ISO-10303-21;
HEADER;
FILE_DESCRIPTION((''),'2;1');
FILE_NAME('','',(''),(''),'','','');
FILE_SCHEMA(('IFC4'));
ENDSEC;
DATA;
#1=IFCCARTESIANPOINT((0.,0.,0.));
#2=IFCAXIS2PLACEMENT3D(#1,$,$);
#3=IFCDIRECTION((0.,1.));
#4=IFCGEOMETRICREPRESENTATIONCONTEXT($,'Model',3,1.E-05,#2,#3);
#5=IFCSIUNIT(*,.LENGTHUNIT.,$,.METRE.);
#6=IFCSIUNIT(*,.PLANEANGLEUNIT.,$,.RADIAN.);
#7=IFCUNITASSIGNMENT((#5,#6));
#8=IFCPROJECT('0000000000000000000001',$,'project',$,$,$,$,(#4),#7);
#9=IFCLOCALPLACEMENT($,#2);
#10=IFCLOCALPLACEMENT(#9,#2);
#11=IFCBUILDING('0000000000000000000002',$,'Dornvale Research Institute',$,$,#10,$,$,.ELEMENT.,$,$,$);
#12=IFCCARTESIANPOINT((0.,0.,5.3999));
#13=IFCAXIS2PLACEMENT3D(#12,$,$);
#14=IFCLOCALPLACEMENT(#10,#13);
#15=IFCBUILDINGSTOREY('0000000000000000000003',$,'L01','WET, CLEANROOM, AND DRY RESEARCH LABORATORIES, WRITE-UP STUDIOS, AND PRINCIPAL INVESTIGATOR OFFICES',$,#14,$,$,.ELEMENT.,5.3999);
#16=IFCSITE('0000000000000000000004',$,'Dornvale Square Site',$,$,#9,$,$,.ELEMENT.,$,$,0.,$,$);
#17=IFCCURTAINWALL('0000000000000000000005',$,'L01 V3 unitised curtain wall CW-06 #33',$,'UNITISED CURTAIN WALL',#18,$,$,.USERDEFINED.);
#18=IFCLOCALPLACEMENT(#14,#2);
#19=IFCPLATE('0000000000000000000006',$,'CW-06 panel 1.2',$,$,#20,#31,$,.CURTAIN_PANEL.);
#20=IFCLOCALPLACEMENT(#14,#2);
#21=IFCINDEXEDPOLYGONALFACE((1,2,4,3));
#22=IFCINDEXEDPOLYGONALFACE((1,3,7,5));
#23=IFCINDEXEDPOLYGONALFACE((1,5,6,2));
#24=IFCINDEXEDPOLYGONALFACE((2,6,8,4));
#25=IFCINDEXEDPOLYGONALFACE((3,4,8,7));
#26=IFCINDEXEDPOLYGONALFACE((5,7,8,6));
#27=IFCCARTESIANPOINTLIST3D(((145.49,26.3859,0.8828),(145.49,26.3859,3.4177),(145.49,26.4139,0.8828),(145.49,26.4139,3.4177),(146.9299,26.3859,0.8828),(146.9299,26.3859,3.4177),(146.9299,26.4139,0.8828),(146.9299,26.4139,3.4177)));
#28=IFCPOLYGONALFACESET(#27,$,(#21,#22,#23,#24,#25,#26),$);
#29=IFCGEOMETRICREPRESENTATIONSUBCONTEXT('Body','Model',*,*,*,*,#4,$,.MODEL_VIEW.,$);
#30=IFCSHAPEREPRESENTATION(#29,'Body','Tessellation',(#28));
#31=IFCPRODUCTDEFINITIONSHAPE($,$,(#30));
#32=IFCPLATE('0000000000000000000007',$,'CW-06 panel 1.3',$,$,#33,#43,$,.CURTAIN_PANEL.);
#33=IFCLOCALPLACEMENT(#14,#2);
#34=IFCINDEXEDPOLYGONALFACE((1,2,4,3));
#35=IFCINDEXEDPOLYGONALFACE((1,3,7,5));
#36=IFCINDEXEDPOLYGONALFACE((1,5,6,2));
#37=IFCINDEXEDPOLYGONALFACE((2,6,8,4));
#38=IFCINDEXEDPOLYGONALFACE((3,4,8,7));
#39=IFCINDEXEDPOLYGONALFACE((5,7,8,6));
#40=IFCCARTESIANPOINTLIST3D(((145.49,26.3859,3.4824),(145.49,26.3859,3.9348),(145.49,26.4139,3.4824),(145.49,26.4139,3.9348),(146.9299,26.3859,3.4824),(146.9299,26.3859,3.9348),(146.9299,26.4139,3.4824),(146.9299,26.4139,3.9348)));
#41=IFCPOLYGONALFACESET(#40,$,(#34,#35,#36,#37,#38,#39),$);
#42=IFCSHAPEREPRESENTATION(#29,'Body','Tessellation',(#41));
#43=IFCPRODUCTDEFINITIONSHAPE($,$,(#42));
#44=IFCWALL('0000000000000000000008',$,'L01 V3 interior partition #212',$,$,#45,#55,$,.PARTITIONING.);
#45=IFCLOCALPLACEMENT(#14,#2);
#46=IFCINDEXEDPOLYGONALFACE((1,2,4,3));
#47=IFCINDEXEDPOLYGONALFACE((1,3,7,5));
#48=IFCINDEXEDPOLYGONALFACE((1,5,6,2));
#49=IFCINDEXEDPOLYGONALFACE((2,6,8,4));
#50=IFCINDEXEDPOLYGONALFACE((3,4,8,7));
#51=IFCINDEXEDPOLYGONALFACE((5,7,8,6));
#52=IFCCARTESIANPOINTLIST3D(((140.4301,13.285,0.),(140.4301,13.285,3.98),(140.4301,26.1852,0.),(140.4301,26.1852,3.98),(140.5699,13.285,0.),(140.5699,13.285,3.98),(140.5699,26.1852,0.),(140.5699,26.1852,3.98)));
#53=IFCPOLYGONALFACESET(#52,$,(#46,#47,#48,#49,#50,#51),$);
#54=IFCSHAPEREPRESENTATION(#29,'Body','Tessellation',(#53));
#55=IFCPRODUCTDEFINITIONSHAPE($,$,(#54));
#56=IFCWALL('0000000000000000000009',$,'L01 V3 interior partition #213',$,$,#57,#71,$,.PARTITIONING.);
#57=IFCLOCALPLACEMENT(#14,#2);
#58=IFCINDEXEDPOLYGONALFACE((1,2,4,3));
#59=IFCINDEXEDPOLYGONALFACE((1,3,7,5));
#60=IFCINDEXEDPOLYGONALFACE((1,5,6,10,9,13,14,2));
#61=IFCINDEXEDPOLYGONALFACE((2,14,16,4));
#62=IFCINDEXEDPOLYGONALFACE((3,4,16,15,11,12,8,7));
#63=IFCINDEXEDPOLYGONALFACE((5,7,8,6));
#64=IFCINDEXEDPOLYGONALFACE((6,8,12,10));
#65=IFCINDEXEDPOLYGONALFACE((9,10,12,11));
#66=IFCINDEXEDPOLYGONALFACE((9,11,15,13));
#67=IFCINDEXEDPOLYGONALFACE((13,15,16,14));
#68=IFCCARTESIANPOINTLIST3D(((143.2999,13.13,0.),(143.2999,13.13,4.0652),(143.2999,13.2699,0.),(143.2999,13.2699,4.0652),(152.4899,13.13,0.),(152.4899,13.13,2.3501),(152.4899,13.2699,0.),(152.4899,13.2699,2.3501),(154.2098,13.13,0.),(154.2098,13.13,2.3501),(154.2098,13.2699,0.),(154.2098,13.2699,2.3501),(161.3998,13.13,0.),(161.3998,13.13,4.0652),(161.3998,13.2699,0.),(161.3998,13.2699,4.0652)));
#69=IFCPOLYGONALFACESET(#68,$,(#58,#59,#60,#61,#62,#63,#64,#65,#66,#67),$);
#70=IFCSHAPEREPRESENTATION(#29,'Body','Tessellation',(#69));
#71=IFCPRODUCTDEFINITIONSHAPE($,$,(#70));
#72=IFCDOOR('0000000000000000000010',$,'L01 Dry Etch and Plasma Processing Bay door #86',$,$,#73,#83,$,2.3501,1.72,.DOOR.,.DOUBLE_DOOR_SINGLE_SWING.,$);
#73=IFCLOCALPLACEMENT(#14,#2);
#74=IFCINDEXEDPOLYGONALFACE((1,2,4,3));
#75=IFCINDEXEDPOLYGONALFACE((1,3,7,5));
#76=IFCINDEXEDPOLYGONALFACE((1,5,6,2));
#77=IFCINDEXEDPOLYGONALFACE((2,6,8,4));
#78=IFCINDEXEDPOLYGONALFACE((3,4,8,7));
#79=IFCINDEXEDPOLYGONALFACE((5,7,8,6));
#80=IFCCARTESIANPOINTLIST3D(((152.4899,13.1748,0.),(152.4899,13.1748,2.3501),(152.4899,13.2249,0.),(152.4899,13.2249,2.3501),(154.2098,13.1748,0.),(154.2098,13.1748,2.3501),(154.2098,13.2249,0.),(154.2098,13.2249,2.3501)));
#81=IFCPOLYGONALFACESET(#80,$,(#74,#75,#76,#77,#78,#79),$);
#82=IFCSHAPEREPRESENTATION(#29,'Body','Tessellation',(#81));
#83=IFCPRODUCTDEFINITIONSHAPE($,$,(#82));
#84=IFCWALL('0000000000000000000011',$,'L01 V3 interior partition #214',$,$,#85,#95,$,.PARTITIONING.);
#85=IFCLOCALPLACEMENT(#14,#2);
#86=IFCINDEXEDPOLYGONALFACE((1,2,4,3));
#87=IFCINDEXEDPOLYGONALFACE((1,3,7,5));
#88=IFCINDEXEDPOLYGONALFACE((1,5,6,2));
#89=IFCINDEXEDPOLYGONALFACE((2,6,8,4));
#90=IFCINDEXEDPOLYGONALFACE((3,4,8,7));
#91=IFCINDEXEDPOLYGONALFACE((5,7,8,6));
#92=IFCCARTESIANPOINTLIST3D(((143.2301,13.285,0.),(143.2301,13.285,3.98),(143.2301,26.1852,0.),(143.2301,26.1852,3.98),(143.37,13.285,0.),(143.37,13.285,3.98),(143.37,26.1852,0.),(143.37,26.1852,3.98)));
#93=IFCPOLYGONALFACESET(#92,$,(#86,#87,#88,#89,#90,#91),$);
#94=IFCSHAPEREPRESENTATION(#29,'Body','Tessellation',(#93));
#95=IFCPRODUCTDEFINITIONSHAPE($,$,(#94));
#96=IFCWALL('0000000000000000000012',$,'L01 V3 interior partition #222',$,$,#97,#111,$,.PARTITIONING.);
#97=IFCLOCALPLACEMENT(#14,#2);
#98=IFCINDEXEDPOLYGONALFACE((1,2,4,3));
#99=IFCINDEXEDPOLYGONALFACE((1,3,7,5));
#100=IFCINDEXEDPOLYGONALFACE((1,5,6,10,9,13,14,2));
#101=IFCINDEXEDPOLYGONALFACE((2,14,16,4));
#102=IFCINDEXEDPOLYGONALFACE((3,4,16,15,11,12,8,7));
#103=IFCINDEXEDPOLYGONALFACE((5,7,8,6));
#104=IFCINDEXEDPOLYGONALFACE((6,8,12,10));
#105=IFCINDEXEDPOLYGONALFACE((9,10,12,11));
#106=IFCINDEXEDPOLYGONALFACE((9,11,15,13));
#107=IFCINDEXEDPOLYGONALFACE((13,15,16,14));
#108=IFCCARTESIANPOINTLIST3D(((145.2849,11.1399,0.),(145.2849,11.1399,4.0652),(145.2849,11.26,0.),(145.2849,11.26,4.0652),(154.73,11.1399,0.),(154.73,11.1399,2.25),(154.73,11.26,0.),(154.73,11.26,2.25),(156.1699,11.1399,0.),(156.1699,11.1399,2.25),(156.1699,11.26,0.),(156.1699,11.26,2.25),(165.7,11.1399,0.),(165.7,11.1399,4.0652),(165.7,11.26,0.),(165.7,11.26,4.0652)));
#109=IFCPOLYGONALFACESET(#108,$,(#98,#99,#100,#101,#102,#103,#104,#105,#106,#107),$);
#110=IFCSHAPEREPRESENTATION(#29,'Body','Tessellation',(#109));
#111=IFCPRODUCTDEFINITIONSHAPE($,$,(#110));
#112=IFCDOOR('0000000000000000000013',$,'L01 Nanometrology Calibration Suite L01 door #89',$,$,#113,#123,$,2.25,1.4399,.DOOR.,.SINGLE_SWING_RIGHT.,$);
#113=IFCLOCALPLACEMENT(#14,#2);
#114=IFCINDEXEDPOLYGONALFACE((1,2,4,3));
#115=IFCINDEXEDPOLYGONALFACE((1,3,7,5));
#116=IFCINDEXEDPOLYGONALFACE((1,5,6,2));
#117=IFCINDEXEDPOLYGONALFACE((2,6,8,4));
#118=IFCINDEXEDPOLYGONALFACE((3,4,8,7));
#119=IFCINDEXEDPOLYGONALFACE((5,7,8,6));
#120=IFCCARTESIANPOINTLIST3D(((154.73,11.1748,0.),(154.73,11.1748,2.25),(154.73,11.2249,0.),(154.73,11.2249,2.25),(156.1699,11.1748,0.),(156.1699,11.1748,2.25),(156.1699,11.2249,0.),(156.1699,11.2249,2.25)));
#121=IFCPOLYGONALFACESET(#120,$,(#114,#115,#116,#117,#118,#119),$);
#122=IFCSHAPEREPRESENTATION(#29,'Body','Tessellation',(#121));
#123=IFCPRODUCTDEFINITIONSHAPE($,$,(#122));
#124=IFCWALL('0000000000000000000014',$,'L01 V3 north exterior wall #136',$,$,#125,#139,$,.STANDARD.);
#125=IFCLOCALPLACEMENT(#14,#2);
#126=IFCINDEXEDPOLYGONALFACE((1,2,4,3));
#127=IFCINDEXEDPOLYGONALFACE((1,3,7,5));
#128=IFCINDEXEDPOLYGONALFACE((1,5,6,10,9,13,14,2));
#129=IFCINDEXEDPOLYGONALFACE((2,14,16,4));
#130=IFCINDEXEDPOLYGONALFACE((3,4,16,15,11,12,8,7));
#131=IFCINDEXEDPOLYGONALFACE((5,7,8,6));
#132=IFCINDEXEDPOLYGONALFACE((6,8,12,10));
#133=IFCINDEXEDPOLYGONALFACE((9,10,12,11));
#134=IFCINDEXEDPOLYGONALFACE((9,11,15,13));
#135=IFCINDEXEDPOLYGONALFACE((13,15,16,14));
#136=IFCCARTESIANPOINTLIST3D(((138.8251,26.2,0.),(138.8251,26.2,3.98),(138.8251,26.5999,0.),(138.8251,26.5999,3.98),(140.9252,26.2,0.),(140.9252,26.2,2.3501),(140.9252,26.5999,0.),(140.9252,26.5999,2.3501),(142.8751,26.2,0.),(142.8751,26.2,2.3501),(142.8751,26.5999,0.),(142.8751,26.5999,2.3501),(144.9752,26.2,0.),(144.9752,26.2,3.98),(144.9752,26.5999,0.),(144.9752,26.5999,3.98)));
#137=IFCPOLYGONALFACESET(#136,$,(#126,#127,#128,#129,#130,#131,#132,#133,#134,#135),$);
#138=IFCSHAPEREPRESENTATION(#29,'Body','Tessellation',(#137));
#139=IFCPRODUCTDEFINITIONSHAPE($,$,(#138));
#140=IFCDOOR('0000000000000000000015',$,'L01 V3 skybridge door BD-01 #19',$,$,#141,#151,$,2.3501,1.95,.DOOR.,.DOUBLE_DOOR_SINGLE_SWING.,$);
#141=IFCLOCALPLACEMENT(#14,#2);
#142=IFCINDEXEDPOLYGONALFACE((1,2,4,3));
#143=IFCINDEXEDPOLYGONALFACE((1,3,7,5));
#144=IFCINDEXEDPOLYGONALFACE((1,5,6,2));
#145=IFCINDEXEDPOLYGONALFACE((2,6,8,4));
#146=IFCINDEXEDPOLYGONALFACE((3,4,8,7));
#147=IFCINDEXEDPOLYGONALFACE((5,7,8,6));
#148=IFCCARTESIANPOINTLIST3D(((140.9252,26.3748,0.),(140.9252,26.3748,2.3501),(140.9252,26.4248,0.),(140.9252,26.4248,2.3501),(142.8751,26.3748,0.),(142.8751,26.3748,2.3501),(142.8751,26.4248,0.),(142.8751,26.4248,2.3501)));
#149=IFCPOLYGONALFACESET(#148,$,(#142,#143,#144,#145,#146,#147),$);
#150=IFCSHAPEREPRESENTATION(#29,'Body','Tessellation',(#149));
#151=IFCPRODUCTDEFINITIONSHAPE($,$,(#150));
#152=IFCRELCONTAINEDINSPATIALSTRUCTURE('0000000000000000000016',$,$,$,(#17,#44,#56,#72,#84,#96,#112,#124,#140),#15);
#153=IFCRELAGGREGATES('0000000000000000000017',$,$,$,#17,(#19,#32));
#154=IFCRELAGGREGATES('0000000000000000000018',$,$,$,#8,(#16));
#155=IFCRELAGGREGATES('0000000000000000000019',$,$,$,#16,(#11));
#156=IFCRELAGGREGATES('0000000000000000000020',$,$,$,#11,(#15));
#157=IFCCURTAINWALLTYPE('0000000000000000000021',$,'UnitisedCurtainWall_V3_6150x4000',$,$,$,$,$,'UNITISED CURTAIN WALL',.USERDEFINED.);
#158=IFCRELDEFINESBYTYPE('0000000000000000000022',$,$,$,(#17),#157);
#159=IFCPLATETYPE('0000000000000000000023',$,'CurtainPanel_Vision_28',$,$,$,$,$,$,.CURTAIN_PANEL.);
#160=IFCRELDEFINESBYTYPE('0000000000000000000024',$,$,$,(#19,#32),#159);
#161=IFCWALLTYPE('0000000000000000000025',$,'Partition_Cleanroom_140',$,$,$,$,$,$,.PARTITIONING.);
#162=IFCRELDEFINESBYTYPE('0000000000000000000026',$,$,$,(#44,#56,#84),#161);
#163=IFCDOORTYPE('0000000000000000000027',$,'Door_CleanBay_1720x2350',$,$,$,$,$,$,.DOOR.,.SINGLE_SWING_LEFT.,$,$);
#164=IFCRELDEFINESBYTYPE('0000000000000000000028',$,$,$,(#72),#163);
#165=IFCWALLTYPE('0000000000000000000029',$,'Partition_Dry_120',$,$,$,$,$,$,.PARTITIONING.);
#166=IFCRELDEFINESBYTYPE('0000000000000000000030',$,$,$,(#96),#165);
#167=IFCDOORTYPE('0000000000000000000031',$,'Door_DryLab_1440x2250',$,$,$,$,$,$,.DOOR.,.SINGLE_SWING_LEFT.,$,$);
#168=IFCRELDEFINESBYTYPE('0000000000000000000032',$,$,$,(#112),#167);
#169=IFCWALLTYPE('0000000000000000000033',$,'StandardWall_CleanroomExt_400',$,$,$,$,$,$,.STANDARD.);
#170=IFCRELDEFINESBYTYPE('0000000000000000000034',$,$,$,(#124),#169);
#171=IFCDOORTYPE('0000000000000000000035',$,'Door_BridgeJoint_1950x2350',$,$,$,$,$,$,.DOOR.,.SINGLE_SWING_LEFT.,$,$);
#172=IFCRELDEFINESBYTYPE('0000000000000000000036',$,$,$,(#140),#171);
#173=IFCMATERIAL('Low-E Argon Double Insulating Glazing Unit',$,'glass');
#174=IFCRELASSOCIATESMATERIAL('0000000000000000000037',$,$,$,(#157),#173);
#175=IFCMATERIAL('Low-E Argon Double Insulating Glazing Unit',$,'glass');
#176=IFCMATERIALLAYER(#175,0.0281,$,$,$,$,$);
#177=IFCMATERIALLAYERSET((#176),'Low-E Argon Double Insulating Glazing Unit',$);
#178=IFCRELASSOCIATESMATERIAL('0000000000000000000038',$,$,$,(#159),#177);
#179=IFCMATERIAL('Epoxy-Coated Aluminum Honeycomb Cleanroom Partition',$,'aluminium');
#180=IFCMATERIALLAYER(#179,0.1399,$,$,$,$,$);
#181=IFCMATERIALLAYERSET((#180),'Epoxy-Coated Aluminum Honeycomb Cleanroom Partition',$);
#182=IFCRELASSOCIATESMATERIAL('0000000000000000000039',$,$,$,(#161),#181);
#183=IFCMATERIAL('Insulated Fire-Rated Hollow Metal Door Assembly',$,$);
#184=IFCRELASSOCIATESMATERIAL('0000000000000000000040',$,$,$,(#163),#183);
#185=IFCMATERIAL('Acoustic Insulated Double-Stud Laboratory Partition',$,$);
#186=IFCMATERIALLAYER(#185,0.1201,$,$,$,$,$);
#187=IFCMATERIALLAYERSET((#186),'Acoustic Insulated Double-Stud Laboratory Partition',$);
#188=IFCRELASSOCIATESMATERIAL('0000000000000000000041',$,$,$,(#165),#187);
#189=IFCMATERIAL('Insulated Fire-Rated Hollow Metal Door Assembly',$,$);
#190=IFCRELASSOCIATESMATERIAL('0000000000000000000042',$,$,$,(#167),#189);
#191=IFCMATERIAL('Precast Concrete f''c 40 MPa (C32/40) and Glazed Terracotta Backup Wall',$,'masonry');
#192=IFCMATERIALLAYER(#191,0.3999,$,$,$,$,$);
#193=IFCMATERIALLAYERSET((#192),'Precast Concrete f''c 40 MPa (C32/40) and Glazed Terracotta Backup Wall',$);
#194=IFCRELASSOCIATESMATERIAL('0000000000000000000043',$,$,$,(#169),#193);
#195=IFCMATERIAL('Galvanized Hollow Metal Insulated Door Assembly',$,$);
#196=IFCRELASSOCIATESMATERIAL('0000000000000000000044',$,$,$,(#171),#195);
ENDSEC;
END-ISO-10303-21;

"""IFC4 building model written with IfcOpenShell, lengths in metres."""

from ifc_helpers import new_model, si_unit, direction, frame, frame_2d, origin, origin_2d, place, context, subcontext, project, spatial, rectangle, extrude, material, layer, layer_set, type_object, element, fill, aggregate, save


model = new_model("IFC4")

# Units and contexts
model_context = context("Model", 3, precision=1e-05, world=origin(), true_north=direction((0.0, 1.0)))
body_context = subcontext(model_context, "Body", "Model", "MODEL_VIEW")
ifc_project = project(units=[si_unit("LENGTHUNIT", "METRE"), si_unit("PLANEANGLEUNIT", "RADIAN")], contexts=[model_context])

# Site, building, storey
site_placement = place(None, origin())
site = spatial("IfcSite", under=ifc_project, at=site_placement, Name="Dornvale Square Site", CompositionType="ELEMENT", RefElevation=0.0)
building_placement = place(site_placement, origin())
building = spatial("IfcBuilding", under=site, at=building_placement, Name="Dornvale Research Institute", CompositionType="ELEMENT")
storey_placement = place(building_placement, frame((0.0, 0.0, 5.3999)))
storey = spatial("IfcBuildingStorey", under=building, at=storey_placement, Name="L01", Description="WET, CLEANROOM, AND DRY RESEARCH LABORATORIES, WRITE-UP STUDIOS, AND PRINCIPAL INVESTIGATOR OFFICES", CompositionType="ELEMENT", Elevation=5.3999)

# Curtain wall
ifc_material_1 = material(Name="Low-E Argon Double Insulating Glazing Unit", Category="glass")
curtain_wall_type = type_object("IfcCurtainWallType", Name="UnitisedCurtainWall_V3_6150x4000", ElementType="UNITISED CURTAIN WALL", PredefinedType="USERDEFINED", material=ifc_material_1)
curtain_wall_placement = place(storey_placement, origin())
curtain_wall = element("IfcCurtainWall", 1, at=curtain_wall_placement, inside=storey, type_object=curtain_wall_type, Name="L01 V3 unitised curtain wall CW-06 #33", ObjectType="UNITISED CURTAIN WALL", PredefinedType="USERDEFINED")

# Plates
ifc_material_2 = material(Name="Low-E Argon Double Insulating Glazing Unit", Category="glass")
ifc_layer_1 = layer(ifc_material_2, 0.0281)
ifc_layer_set_1 = layer_set([ifc_layer_1], Name="Low-E Argon Double Insulating Glazing Unit")
plate_type_1 = type_object("IfcPlateType", Name="CurtainPanel_Vision_28", PredefinedType="CURTAIN_PANEL", material=ifc_layer_set_1)
plate_1_placement = place(storey_placement, frame((146.21, 26.3999, 0.8828), z_axis=(0.0, 0.0, 1.0), x_axis=(1.0, 0.0, 0.0)))
plate_1 = element("IfcPlate", 2, at=plate_1_placement, type_object=plate_type_1, Name="CW-06 panel 1.2", PredefinedType="CURTAIN_PANEL", context=body_context, shape_type="SweptSolid", body=[
    extrude(rectangle(XDim=1.4399, YDim=0.0281, at=origin_2d()), origin(), (0.0, 0.0, 1.0), 2.5349),
])
plate_2_placement = place(storey_placement, frame((146.21, 26.3999, 3.4824), z_axis=(0.0, 0.0, 1.0), x_axis=(1.0, 0.0, 0.0)))
plate_2 = element("IfcPlate", 3, at=plate_2_placement, type_object=plate_type_1, Name="CW-06 panel 1.3", PredefinedType="CURTAIN_PANEL", context=body_context, shape_type="SweptSolid", body=[
    extrude(rectangle(XDim=1.4399, YDim=0.0281, at=origin_2d()), origin(), (0.0, 0.0, 1.0), 0.4524),
])
aggregate(curtain_wall, [plate_1, plate_2])

# Wall
ifc_material_3 = material(Name="Epoxy-Coated Aluminum Honeycomb Cleanroom Partition", Category="aluminium")
ifc_layer_2 = layer(ifc_material_3, 0.1399)
ifc_layer_set_2 = layer_set([ifc_layer_2], Name="Epoxy-Coated Aluminum Honeycomb Cleanroom Partition")
wall_type_1 = type_object("IfcWallType", Name="Partition_Cleanroom_140", PredefinedType="PARTITIONING", material=ifc_layer_set_2)
wall_1_placement = place(storey_placement, frame((140.5, 13.2849, 0.0), z_axis=(0.0, 0.0, 1.0), x_axis=(0.0, 1.0, 0.0)))
element("IfcWall", 4, at=wall_1_placement, inside=storey, type_object=wall_type_1, Name="L01 V3 interior partition #212", PredefinedType="PARTITIONING", context=body_context, shape_type="SweptSolid", body=[
    extrude(rectangle(XDim=12.9001, YDim=0.1399, at=frame_2d((6.4502, 0.0))), origin(), (0.0, 0.0, 1.0), 3.98),
])

# Wall, opening, door
wall_2_placement = place(storey_placement, frame((143.3, 13.2, 0.0), z_axis=(0.0, 0.0, 1.0), x_axis=(1.0, 0.0, 0.0)))
wall_2 = element("IfcWall", 5, at=wall_2_placement, inside=storey, type_object=wall_type_1, Name="L01 V3 interior partition #213", PredefinedType="PARTITIONING", context=body_context, shape_type="SweptSolid", body=[
    extrude(rectangle(XDim=18.0999, YDim=0.1399, at=frame_2d((9.0498, 0.0))), origin(), (0.0, 0.0, 1.0), 4.0652),
])
opening_1_placement = place(wall_2_placement, frame((9.1899, 0.0, 0.0)))
opening_1 = element("IfcOpeningElement", 6, at=opening_1_placement, cuts=wall_2, PredefinedType="OPENING", context=body_context, shape_type="SweptSolid", body=[
    extrude(rectangle(XDim=1.72, YDim=2.3501, at=frame_2d((0.8599, 1.175))), frame((0.0, 0.085, 0.0), z_axis=(0.0, -1.0, 0.0), x_axis=(1.0, 0.0, 0.0)), (0.0, 0.0, 1.0), 0.1699),
])
ifc_material_4 = material(Name="Insulated Fire-Rated Hollow Metal Door Assembly")
door_type_1 = type_object("IfcDoorType", Name="Door_CleanBay_1720x2350", OperationType="SINGLE_SWING_LEFT", PredefinedType="DOOR", material=ifc_material_4)
door_1_placement = place(opening_1_placement, origin())
door_1 = element("IfcDoor", 7, at=door_1_placement, inside=storey, type_object=door_type_1, Name="L01 Dry Etch and Plasma Processing Bay door #86", OperationType="DOUBLE_DOOR_SINGLE_SWING", OverallHeight=2.3501, OverallWidth=1.72, PredefinedType="DOOR", context=body_context, shape_type="SweptSolid", body=[
    extrude(rectangle(XDim=1.72, YDim=2.3501, at=frame_2d((0.8599, 1.175))), frame((0.0, 0.0249, 0.0), z_axis=(0.0, -1.0, 0.0), x_axis=(1.0, 0.0, 0.0)), (0.0, 0.0, 1.0), 0.05),
])
fill(opening_1, door_1)

# Wall
wall_3_placement = place(storey_placement, frame((143.3, 13.2849, 0.0), z_axis=(0.0, 0.0, 1.0), x_axis=(0.0, 1.0, 0.0)))
element("IfcWall", 8, at=wall_3_placement, inside=storey, type_object=wall_type_1, Name="L01 V3 interior partition #214", PredefinedType="PARTITIONING", context=body_context, shape_type="SweptSolid", body=[
    extrude(rectangle(XDim=12.9001, YDim=0.1399, at=frame_2d((6.4502, 0.0))), origin(), (0.0, 0.0, 1.0), 3.98),
])

# Walls, openings, doors
ifc_material_5 = material(Name="Acoustic Insulated Double-Stud Laboratory Partition")
ifc_layer_3 = layer(ifc_material_5, 0.1201)
ifc_layer_set_3 = layer_set([ifc_layer_3], Name="Acoustic Insulated Double-Stud Laboratory Partition")
wall_type_2 = type_object("IfcWallType", Name="Partition_Dry_120", PredefinedType="PARTITIONING", material=ifc_layer_set_3)
wall_4_placement = place(storey_placement, frame((145.2849, 11.2, 0.0), z_axis=(0.0, 0.0, 1.0), x_axis=(1.0, 0.0, 0.0)))
wall_4 = element("IfcWall", 9, at=wall_4_placement, inside=storey, type_object=wall_type_2, Name="L01 V3 interior partition #222", PredefinedType="PARTITIONING", context=body_context, shape_type="SweptSolid", body=[
    extrude(rectangle(XDim=20.415, YDim=0.1201, at=frame_2d((10.2075, 0.0))), origin(), (0.0, 0.0, 1.0), 4.0652),
])
opening_2_placement = place(wall_4_placement, frame((9.4451, 0.0, 0.0)))
opening_2 = element("IfcOpeningElement", 10, at=opening_2_placement, cuts=wall_4, PredefinedType="OPENING", context=body_context, shape_type="SweptSolid", body=[
    extrude(rectangle(XDim=1.4399, YDim=2.25, at=frame_2d((0.72, 1.125))), frame((0.0, 0.075, 0.0), z_axis=(0.0, -1.0, 0.0), x_axis=(1.0, 0.0, 0.0)), (0.0, 0.0, 1.0), 0.1501),
])
ifc_material_6 = material(Name="Insulated Fire-Rated Hollow Metal Door Assembly")
door_type_2 = type_object("IfcDoorType", Name="Door_DryLab_1440x2250", OperationType="SINGLE_SWING_LEFT", PredefinedType="DOOR", material=ifc_material_6)
door_2_placement = place(opening_2_placement, origin())
door_2 = element("IfcDoor", 11, at=door_2_placement, inside=storey, type_object=door_type_2, Name="L01 Nanometrology Calibration Suite L01 door #89", OperationType="SINGLE_SWING_RIGHT", OverallHeight=2.25, OverallWidth=1.4399, PredefinedType="DOOR", context=body_context, shape_type="SweptSolid", body=[
    extrude(rectangle(XDim=1.4399, YDim=2.25, at=frame_2d((0.72, 1.125))), frame((0.0, 0.0249, 0.0), z_axis=(0.0, -1.0, 0.0), x_axis=(1.0, 0.0, 0.0)), (0.0, 0.0, 1.0), 0.05),
])
fill(opening_2, door_2)
ifc_material_7 = material(Name="Precast Concrete f'c 40 MPa (C32/40) and Glazed Terracotta Backup Wall", Category="masonry")
ifc_layer_4 = layer(ifc_material_7, 0.3999)
ifc_layer_set_4 = layer_set([ifc_layer_4], Name="Precast Concrete f'c 40 MPa (C32/40) and Glazed Terracotta Backup Wall")
wall_type_3 = type_object("IfcWallType", Name="StandardWall_CleanroomExt_400", PredefinedType="STANDARD", material=ifc_layer_set_4)
wall_5_placement = place(storey_placement, frame((138.825, 26.3999, 0.0), z_axis=(0.0, 0.0, 1.0), x_axis=(1.0, 0.0, 0.0)))
wall_5 = element("IfcWall", 12, at=wall_5_placement, inside=storey, type_object=wall_type_3, Name="L01 V3 north exterior wall #136", PredefinedType="STANDARD", context=body_context, shape_type="SweptSolid", body=[
    extrude(rectangle(XDim=6.1501, YDim=0.3999, at=frame_2d((3.0752, 0.0))), origin(), (0.0, 0.0, 1.0), 3.98),
])
opening_3_placement = place(wall_5_placement, frame((2.1001, 0.0, 0.0)))
opening_3 = element("IfcOpeningElement", 13, at=opening_3_placement, cuts=wall_5, PredefinedType="OPENING", context=body_context, shape_type="SweptSolid", body=[
    extrude(rectangle(XDim=1.95, YDim=2.3501, at=frame_2d((0.9751, 1.175))), frame((0.0, 0.2148, 0.0), z_axis=(0.0, -1.0, 0.0), x_axis=(1.0, 0.0, 0.0)), (0.0, 0.0, 1.0), 0.4299),
])
ifc_material_8 = material(Name="Galvanized Hollow Metal Insulated Door Assembly")
door_type_3 = type_object("IfcDoorType", Name="Door_BridgeJoint_1950x2350", OperationType="SINGLE_SWING_LEFT", PredefinedType="DOOR", material=ifc_material_8)
door_3_placement = place(opening_3_placement, origin())
door_3 = element("IfcDoor", 14, at=door_3_placement, inside=storey, type_object=door_type_3, Name="L01 V3 skybridge door BD-01 #19", OperationType="DOUBLE_DOOR_SINGLE_SWING", OverallHeight=2.3501, OverallWidth=1.95, PredefinedType="DOOR", context=body_context, shape_type="SweptSolid", body=[
    extrude(rectangle(XDim=1.95, YDim=2.3501, at=frame_2d((0.9751, 1.175))), frame((0.0, 0.0249, 0.0), z_axis=(0.0, -1.0, 0.0), x_axis=(1.0, 0.0, 0.0)), (0.0, 0.0, 1.0), 0.05),
])
fill(opening_3, door_3)

save(model, "model.ifc")
